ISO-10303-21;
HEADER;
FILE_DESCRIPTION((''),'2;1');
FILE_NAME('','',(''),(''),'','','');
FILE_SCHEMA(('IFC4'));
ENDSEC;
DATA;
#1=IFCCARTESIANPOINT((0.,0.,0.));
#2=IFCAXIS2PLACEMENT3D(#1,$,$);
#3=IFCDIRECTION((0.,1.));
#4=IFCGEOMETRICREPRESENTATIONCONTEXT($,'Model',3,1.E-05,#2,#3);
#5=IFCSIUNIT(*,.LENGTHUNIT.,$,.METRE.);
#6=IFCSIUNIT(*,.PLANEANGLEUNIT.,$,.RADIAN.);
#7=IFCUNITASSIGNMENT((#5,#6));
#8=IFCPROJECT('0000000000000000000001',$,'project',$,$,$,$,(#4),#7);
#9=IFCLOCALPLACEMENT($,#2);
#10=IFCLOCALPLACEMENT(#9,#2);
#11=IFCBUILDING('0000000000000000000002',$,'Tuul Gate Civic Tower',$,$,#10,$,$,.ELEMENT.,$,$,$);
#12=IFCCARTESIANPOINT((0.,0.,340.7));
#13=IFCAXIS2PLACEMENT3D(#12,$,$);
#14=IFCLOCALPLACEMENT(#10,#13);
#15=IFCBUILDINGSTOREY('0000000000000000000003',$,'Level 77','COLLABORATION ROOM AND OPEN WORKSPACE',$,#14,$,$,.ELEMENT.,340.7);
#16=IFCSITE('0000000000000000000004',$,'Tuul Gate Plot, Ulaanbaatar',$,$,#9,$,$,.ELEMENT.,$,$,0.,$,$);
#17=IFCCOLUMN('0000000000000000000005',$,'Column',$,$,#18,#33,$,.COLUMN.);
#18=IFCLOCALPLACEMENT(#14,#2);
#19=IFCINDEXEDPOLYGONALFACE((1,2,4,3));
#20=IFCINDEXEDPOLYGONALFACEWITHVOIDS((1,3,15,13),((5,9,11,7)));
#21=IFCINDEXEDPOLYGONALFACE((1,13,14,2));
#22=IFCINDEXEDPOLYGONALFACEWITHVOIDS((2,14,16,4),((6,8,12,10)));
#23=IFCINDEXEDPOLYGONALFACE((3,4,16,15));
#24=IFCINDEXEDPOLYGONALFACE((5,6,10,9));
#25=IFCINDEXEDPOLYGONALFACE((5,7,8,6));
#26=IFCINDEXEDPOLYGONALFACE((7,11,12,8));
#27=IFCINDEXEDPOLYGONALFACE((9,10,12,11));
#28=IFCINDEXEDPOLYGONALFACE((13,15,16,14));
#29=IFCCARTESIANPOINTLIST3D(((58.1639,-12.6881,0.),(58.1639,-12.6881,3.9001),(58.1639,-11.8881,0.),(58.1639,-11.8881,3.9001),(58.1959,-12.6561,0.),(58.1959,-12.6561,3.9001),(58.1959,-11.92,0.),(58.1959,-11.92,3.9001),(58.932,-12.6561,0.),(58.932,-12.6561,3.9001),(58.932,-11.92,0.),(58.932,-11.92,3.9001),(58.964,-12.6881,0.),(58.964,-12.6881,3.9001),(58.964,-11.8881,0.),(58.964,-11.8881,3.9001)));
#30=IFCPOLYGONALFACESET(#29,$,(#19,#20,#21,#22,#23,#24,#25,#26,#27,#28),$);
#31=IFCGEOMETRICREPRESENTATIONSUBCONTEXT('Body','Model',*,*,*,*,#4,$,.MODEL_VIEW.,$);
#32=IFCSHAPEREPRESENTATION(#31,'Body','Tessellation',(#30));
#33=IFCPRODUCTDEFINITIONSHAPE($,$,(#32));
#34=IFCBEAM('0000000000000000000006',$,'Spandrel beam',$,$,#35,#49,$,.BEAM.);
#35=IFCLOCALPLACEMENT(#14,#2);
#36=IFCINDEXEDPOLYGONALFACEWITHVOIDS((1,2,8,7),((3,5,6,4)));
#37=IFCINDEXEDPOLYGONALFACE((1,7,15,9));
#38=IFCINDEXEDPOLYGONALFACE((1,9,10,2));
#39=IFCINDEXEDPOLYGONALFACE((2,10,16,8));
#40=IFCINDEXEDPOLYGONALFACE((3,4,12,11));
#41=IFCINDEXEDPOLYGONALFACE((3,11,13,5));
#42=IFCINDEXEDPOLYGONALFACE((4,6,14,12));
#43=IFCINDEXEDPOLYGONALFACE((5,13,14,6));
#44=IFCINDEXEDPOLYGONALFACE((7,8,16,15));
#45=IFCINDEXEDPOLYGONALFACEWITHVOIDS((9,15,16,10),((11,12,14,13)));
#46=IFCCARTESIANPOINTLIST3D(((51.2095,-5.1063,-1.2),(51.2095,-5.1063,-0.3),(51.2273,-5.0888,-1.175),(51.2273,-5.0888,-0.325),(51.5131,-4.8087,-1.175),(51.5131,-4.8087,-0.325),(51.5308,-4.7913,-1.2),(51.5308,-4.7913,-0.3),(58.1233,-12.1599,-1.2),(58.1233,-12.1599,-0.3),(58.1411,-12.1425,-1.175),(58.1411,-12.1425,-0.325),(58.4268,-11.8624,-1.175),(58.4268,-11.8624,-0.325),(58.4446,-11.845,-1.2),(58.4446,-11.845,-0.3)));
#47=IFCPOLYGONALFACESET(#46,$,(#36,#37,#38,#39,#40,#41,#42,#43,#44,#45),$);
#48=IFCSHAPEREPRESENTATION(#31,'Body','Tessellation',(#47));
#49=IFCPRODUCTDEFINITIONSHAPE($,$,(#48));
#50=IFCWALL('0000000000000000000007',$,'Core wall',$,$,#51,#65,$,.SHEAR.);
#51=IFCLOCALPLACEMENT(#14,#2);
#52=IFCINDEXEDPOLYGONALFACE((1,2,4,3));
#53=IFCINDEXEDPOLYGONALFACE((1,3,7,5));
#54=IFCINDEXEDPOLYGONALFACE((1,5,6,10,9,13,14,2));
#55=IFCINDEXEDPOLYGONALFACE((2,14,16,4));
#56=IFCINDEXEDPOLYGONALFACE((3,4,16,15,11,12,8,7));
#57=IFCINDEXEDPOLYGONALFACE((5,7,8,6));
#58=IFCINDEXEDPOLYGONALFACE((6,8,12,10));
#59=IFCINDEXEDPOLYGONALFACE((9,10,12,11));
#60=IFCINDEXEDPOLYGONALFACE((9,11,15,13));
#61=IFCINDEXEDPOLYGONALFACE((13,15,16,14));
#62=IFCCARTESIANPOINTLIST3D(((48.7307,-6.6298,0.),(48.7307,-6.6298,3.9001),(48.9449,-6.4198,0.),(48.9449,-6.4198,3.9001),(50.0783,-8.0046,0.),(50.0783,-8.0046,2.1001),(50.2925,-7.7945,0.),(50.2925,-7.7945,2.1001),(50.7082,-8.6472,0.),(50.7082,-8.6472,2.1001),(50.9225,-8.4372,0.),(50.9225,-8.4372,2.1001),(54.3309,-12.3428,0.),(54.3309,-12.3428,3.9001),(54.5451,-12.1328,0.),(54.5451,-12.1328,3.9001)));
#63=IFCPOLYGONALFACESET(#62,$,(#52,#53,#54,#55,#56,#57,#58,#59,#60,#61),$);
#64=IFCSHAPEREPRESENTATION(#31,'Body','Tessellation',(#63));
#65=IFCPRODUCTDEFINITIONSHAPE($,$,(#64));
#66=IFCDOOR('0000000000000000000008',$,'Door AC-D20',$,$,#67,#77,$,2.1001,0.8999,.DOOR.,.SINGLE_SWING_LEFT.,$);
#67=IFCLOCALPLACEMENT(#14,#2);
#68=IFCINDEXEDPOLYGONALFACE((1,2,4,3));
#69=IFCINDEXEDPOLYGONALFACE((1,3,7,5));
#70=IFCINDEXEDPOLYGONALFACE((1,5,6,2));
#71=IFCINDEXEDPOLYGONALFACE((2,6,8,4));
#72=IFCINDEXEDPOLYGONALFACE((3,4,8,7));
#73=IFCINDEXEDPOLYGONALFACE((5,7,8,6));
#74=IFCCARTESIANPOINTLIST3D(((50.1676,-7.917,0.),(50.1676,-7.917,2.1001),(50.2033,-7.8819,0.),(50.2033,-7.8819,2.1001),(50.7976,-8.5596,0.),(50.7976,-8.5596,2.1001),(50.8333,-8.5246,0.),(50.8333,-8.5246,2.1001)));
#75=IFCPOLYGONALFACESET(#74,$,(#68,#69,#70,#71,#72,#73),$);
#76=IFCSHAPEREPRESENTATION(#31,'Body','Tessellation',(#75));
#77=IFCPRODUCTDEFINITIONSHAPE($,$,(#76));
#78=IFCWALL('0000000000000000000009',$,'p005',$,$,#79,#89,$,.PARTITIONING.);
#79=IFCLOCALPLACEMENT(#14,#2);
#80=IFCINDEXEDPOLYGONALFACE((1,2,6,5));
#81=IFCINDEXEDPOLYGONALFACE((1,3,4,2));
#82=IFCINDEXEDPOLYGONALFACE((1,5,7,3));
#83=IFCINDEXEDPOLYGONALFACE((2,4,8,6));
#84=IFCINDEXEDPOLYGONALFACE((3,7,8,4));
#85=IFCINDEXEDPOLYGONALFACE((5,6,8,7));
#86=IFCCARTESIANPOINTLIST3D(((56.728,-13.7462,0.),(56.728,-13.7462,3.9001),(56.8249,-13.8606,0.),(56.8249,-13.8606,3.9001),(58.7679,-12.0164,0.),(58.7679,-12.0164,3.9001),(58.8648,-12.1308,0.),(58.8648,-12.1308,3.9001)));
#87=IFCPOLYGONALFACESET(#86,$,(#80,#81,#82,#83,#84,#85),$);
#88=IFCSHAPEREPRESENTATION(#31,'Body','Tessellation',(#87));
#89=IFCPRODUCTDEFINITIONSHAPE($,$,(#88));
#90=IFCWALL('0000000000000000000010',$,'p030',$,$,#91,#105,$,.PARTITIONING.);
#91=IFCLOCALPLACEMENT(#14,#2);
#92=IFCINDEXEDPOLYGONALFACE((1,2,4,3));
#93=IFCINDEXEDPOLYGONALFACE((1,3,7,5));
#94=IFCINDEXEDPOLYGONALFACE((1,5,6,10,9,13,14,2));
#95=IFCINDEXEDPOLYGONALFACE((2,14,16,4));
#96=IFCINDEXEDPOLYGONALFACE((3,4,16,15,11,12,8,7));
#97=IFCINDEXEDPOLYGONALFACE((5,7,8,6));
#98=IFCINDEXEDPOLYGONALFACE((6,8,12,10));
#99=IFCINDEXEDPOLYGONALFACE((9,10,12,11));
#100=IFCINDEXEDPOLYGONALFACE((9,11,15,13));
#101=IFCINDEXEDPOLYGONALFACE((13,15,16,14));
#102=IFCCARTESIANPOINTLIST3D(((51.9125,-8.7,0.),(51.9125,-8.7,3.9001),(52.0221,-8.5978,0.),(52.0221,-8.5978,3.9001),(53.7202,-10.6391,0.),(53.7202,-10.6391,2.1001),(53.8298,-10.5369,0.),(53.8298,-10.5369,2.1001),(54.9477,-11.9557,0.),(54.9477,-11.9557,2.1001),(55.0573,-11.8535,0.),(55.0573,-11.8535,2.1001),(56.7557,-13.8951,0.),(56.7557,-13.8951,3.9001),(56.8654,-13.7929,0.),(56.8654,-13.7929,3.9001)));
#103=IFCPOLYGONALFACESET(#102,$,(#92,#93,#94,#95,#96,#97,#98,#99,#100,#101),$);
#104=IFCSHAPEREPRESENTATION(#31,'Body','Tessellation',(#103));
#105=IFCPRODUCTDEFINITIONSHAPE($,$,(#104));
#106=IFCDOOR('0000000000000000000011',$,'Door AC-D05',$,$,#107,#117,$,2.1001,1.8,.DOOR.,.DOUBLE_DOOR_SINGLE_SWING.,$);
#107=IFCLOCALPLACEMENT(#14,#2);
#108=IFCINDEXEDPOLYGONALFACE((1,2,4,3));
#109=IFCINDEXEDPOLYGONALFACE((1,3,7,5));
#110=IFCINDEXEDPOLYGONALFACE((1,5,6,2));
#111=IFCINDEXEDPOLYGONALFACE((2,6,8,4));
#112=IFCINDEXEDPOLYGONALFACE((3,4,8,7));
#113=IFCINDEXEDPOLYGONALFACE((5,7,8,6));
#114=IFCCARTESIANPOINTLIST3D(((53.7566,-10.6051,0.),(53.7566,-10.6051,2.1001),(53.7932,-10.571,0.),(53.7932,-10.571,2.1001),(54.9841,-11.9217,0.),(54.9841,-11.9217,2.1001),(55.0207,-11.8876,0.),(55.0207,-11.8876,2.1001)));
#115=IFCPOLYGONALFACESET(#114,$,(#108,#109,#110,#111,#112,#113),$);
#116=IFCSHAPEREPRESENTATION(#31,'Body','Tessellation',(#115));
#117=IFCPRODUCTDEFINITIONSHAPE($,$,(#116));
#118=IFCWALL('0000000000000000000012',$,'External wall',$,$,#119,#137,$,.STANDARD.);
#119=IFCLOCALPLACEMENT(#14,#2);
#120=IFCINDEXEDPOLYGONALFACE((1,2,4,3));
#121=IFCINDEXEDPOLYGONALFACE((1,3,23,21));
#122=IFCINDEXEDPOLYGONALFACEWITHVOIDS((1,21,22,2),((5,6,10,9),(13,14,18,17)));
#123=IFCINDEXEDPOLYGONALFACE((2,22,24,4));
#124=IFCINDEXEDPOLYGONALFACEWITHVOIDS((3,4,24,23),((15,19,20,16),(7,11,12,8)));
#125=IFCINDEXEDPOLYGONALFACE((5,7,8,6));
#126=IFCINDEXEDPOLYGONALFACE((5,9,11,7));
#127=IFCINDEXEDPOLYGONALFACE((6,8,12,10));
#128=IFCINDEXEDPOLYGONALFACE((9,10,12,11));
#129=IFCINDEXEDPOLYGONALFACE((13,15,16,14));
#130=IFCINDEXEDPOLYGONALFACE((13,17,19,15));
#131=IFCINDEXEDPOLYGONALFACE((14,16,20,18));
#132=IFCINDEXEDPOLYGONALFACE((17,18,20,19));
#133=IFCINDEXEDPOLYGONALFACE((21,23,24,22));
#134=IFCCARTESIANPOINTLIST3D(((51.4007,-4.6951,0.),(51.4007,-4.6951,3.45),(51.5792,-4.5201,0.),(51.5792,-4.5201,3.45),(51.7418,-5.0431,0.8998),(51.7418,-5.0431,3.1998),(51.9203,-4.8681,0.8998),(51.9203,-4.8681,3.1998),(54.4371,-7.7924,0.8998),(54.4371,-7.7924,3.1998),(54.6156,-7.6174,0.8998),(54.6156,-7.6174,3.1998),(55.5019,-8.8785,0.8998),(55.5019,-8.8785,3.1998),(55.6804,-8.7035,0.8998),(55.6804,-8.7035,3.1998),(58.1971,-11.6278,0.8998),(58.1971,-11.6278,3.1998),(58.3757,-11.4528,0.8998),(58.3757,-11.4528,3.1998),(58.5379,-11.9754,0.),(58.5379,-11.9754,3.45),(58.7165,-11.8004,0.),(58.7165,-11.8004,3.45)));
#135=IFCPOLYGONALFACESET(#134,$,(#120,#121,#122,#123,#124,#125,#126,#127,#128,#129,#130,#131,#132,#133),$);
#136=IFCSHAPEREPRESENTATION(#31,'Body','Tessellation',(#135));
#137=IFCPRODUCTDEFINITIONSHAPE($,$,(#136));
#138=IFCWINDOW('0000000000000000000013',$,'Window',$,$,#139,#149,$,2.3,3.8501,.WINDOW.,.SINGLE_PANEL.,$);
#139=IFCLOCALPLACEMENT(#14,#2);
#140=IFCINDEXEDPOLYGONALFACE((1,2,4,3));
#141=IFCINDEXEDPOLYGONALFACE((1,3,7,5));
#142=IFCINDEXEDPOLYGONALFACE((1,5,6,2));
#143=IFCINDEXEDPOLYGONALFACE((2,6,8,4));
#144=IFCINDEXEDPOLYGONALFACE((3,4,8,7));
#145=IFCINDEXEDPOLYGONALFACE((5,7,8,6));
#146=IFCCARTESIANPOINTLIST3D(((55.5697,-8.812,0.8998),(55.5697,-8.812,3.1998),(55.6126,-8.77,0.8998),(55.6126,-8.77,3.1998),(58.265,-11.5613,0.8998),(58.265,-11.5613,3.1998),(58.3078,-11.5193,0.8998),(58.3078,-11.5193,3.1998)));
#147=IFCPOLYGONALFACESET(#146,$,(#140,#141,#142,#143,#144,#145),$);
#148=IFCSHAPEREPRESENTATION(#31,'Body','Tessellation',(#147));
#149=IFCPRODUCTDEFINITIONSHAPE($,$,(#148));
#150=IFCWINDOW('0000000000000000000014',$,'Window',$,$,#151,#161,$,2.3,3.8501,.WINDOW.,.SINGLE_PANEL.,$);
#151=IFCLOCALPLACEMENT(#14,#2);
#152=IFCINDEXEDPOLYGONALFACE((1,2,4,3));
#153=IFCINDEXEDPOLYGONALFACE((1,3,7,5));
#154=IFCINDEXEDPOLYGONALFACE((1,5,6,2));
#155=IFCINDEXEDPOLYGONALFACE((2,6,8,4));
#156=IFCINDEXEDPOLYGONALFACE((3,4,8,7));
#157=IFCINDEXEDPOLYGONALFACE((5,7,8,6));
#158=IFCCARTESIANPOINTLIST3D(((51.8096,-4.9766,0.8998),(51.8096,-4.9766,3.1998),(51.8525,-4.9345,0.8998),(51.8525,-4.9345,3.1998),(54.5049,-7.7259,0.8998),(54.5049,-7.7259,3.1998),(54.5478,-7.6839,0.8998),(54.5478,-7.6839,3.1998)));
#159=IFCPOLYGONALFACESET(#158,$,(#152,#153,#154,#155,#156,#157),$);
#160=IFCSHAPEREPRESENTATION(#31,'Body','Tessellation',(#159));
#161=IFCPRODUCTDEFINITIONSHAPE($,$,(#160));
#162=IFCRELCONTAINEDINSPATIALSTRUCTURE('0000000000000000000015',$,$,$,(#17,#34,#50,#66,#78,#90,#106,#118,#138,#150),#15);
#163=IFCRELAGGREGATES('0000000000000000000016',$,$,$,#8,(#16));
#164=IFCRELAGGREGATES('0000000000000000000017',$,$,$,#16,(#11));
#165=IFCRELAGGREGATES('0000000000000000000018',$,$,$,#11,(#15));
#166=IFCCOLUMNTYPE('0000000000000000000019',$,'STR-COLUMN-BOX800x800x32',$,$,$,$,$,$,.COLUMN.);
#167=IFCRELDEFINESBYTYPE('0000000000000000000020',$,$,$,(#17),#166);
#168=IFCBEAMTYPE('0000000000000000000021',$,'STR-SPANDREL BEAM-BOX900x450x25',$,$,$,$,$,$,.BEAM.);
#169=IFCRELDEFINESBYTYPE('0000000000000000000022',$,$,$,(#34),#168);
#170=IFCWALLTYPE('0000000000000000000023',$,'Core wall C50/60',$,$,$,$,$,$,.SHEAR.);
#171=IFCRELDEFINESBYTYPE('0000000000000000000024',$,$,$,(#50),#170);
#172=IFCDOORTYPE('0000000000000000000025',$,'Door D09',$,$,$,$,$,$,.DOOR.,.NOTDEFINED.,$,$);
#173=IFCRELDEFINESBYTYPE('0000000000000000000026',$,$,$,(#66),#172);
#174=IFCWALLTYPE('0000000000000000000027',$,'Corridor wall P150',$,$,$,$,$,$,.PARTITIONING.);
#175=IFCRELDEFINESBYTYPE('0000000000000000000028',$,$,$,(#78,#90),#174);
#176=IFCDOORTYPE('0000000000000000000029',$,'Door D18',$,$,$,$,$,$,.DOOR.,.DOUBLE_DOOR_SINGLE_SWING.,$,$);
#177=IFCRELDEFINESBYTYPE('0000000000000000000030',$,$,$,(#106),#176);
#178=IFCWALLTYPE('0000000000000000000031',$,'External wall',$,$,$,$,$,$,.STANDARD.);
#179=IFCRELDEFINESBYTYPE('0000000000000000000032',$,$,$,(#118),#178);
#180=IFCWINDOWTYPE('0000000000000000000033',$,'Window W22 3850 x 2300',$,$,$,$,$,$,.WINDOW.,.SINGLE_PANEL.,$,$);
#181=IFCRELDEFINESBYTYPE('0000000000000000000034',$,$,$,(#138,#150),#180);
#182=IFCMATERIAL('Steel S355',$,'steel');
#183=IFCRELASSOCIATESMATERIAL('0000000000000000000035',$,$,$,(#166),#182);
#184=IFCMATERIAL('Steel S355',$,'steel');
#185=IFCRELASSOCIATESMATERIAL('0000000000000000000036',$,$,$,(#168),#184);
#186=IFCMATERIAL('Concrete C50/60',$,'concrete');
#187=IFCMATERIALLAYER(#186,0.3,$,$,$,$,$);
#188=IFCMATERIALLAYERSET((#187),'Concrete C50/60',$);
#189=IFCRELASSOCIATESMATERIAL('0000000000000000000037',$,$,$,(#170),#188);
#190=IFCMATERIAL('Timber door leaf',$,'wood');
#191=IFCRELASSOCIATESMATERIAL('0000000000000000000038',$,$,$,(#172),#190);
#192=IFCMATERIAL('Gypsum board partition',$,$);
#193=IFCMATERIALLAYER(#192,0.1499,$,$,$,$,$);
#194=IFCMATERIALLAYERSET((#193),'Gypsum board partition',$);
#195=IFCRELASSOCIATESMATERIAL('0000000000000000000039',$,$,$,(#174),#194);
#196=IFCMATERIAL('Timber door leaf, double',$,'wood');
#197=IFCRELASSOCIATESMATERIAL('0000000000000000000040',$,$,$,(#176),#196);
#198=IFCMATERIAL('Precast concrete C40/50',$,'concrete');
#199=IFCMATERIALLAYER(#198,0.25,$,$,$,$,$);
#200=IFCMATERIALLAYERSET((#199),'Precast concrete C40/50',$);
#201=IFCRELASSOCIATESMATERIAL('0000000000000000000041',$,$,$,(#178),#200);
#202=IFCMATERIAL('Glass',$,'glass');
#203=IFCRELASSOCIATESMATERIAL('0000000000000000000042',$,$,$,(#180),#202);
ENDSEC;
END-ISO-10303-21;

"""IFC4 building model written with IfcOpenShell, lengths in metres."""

from ifc_helpers import new_model, si_unit, direction, frame, frame_2d, origin, origin_2d, place, context, subcontext, project, spatial, rectangle, hollow_rectangle, extrude, material, layer, layer_set, material_profile, profile_set, type_object, element, fill, save


model = new_model("IFC4")

# Units and contexts
model_context = context("Model", 3, precision=1e-05, world=origin(), true_north=direction((0.0, 1.0)))
body_context = subcontext(model_context, "Body", "Model", "MODEL_VIEW")
ifc_project = project(units=[si_unit("LENGTHUNIT", "METRE"), si_unit("PLANEANGLEUNIT", "RADIAN")], contexts=[model_context])

# Site, building, storey
site_placement = place(None, origin())
site = spatial("IfcSite", under=ifc_project, at=site_placement, Name="Tuul Gate Plot, Ulaanbaatar", CompositionType="ELEMENT", RefElevation=0.0)
building_placement = place(site_placement, origin())
building = spatial("IfcBuilding", under=site, at=building_placement, Name="Tuul Gate Civic Tower", CompositionType="ELEMENT")
storey_placement = place(building_placement, frame((0.0, 0.0, 340.7)))
storey = spatial("IfcBuildingStorey", under=building, at=storey_placement, Name="Level 77", Description="COLLABORATION ROOM AND OPEN WORKSPACE", CompositionType="ELEMENT", Elevation=340.7)

# Column
ifc_material_1 = material(Name="Steel S355", Category="steel")
ifc_material_profile_1 = material_profile(ifc_material_1, hollow_rectangle(XDim=0.8, YDim=0.8, WallThickness=0.032, at=origin_2d()), Name="BOX800x800x32")
ifc_profile_set_1 = profile_set([ifc_material_profile_1], Name="Steel S355")
column_type = type_object("IfcColumnType", Name="STR-COLUMN-BOX800x800x32", PredefinedType="COLUMN", material=ifc_profile_set_1)
column_placement = place(storey_placement, frame((58.564, -12.2881, 0.0), z_axis=(0.0, 0.0, 1.0), x_axis=(1.0, 0.0, 0.0)))
element("IfcColumn", 1, at=column_placement, inside=storey, type_object=column_type, Name="Column", PredefinedType="COLUMN", context=body_context, shape_type="SweptSolid", body=[
    extrude(hollow_rectangle(XDim=0.8, YDim=0.8, WallThickness=0.032, at=origin_2d()), origin(), (0.0, 0.0, 1.0), 3.9001),
])

# Beam
ifc_material_2 = material(Name="Steel S355", Category="steel")
ifc_material_profile_2 = material_profile(ifc_material_2, hollow_rectangle(XDim=0.45, YDim=0.8999, WallThickness=0.0249, at=origin_2d()), Name="BOX900x450x25")
ifc_profile_set_2 = profile_set([ifc_material_profile_2], Name="Steel S355")
beam_type = type_object("IfcBeamType", Name="STR-SPANDREL BEAM-BOX900x450x25", PredefinedType="BEAM", material=ifc_profile_set_2)
beam_placement = place(storey_placement, frame((58.2839, -12.0024, -0.75), z_axis=(-0.69999, 0.714153, 0.0), x_axis=(-0.714153, -0.69999, 0.0)))
element("IfcBeam", 2, at=beam_placement, inside=storey, type_object=beam_type, Name="Spandrel beam", PredefinedType="BEAM", context=body_context, shape_type="SweptSolid", body=[
    extrude(hollow_rectangle(XDim=0.45, YDim=0.8999, WallThickness=0.0249, at=origin_2d()), origin(), (0.0, 0.0, 1.0), 9.877),
])

# Wall, opening, door
ifc_material_3 = material(Name="Concrete C50/60", Category="concrete")
ifc_layer_1 = layer(ifc_material_3, 0.3)
ifc_layer_set_1 = layer_set([ifc_layer_1], Name="Concrete C50/60")
wall_type_1 = type_object("IfcWallType", Name="Core wall C50/60", PredefinedType="SHEAR", material=ifc_layer_set_1)
wall_1_placement = place(storey_placement, frame((54.438, -12.2378, 0.0), z_axis=(0.0, 0.0, 1.0), x_axis=(-0.700022, 0.714121, 0.0)))
wall_1 = element("IfcWall", 3, at=wall_1_placement, inside=storey, type_object=wall_type_1, Name="Core wall", PredefinedType="SHEAR", context=body_context, shape_type="SweptSolid", body=[
    extrude(rectangle(XDim=8.0, YDim=0.3, at=frame_2d((4.0, 0.0))), origin(), (0.0, 0.0, 1.0), 3.9001),
])
opening_1_placement = place(wall_1_placement, frame((5.175, 0.0, 0.0)))
opening_1 = element("IfcOpeningElement", 4, at=opening_1_placement, cuts=wall_1, PredefinedType="OPENING", context=body_context, shape_type="SweptSolid", body=[
    extrude(rectangle(XDim=0.8999, YDim=2.1001, at=frame_2d((0.45, 1.05))), frame((0.0, 0.1602, 0.0), z_axis=(0.0, -1.0, 0.0), x_axis=(1.0, 0.0, 0.0)), (0.0, 0.0, 1.0), 0.3201),
])
ifc_material_4 = material(Name="Timber door leaf", Category="wood")
door_type_1 = type_object("IfcDoorType", Name="Door D09", OperationType="NOTDEFINED", PredefinedType="DOOR", material=ifc_material_4)
door_1_placement = place(opening_1_placement, origin())
door_1 = element("IfcDoor", 5, at=door_1_placement, inside=storey, type_object=door_type_1, Name="Door AC-D20", OperationType="SINGLE_SWING_LEFT", OverallHeight=2.1001, OverallWidth=0.8999, PredefinedType="DOOR", context=body_context, shape_type="SweptSolid", body=[
    extrude(rectangle(XDim=0.8999, YDim=2.1001, at=frame_2d((0.45, 1.05))), frame((0.0, 0.0249, 0.0), z_axis=(0.0, -1.0, 0.0), x_axis=(1.0, 0.0, 0.0)), (0.0, 0.0, 1.0), 0.05),
])
fill(opening_1, door_1)

# Wall
ifc_material_5 = material(Name="Gypsum board partition")
ifc_layer_2 = layer(ifc_material_5, 0.1499)
ifc_layer_set_2 = layer_set([ifc_layer_2], Name="Gypsum board partition")
wall_type_2 = type_object("IfcWallType", Name="Corridor wall P150", PredefinedType="PARTITIONING", material=ifc_layer_set_2)
wall_2_placement = place(storey_placement, frame((56.7764, -13.8035, 0.0), z_axis=(0.0, 0.0, 1.0), x_axis=(0.762693, 0.64676, 0.0)))
element("IfcWall", 6, at=wall_2_placement, inside=storey, type_object=wall_type_2, Name="p005", PredefinedType="PARTITIONING", context=body_context, shape_type="SweptSolid", body=[
    extrude(rectangle(XDim=2.6746, YDim=0.1499, at=frame_2d((1.3374, 0.0))), origin(), (0.0, 0.0, 1.0), 3.9001),
])

# Wall, opening, door
wall_3_placement = place(storey_placement, frame((51.9673, -8.6489, 0.0), z_axis=(0.0, 0.0, 1.0), x_axis=(0.681907, -0.731439, 0.0)))
wall_3 = element("IfcWall", 7, at=wall_3_placement, inside=storey, type_object=wall_type_2, Name="p030", PredefinedType="PARTITIONING", context=body_context, shape_type="SweptSolid", body=[
    extrude(rectangle(XDim=7.1025, YDim=0.1499, at=frame_2d((3.5513, 0.0))), origin(), (0.0, 0.0, 1.0), 3.9001),
])
opening_2_placement = place(wall_3_placement, frame((2.6511, 0.0, 0.0)))
opening_2 = element("IfcOpeningElement", 8, at=opening_2_placement, cuts=wall_3, PredefinedType="OPENING", context=body_context, shape_type="SweptSolid", body=[
    extrude(rectangle(XDim=1.8, YDim=2.1001, at=frame_2d((0.8999, 1.05))), frame((0.0, 0.085, 0.0), z_axis=(0.0, -1.0, 0.0), x_axis=(1.0, 0.0, 0.0)), (0.0, 0.0, 1.0), 0.1699),
])
ifc_material_6 = material(Name="Timber door leaf, double", Category="wood")
door_type_2 = type_object("IfcDoorType", Name="Door D18", OperationType="DOUBLE_DOOR_SINGLE_SWING", PredefinedType="DOOR", material=ifc_material_6)
door_2_placement = place(opening_2_placement, origin())
door_2 = element("IfcDoor", 9, at=door_2_placement, inside=storey, type_object=door_type_2, Name="Door AC-D05", OperationType="DOUBLE_DOOR_SINGLE_SWING", OverallHeight=2.1001, OverallWidth=1.8, PredefinedType="DOOR", context=body_context, shape_type="SweptSolid", body=[
    extrude(rectangle(XDim=1.8, YDim=2.1001, at=frame_2d((0.8999, 1.05))), frame((0.0, 0.0249, 0.0), z_axis=(0.0, -1.0, 0.0), x_axis=(1.0, 0.0, 0.0)), (0.0, 0.0, 1.0), 0.05),
])
fill(opening_2, door_2)

# Wall, openings, windows
ifc_material_7 = material(Name="Precast concrete C40/50", Category="concrete")
ifc_layer_3 = layer(ifc_material_7, 0.25)
ifc_layer_set_3 = layer_set([ifc_layer_3], Name="Precast concrete C40/50")
wall_type_3 = type_object("IfcWallType", Name="External wall", PredefinedType="STANDARD", material=ifc_layer_set_3)
wall_4_placement = place(storey_placement, frame((58.6272, -11.8879, 0.0), z_axis=(0.0, 0.0, 1.0), x_axis=(-0.700056, 0.714088, 0.0)))
wall_4 = element("IfcWall", 10, at=wall_4_placement, inside=storey, type_object=wall_type_3, Name="External wall", PredefinedType="STANDARD", context=body_context, shape_type="SweptSolid", body=[
    extrude(rectangle(XDim=10.1953, YDim=0.25, at=frame_2d((5.0977, 0.0))), origin(), (0.0, 0.0, 1.0), 3.45),
])
opening_3_placement = place(wall_4_placement, frame((0.4868, 0.0, 0.8999)))
opening_3 = element("IfcOpeningElement", 11, at=opening_3_placement, cuts=wall_4, PredefinedType="OPENING", context=body_context, shape_type="SweptSolid", body=[
    extrude(rectangle(XDim=3.8501, YDim=2.3, at=frame_2d((1.925, 1.1499))), frame((0.0, 0.135, 0.0), z_axis=(0.0, -1.0, 0.0), x_axis=(1.0, 0.0, 0.0)), (0.0, 0.0, 1.0), 0.27),
])
opening_4_placement = place(wall_4_placement, frame((5.8579, 0.0, 0.8999)))
opening_4 = element("IfcOpeningElement", 12, at=opening_4_placement, cuts=wall_4, PredefinedType="OPENING", context=body_context, shape_type="SweptSolid", body=[
    extrude(rectangle(XDim=3.8501, YDim=2.3, at=frame_2d((1.925, 1.1499))), frame((0.0, 0.135, 0.0), z_axis=(0.0, -1.0, 0.0), x_axis=(1.0, 0.0, 0.0)), (0.0, 0.0, 1.0), 0.27),
])
ifc_material_8 = material(Name="Glass", Category="glass")
window_type_1 = type_object("IfcWindowType", Name="Window W22 3850 x 2300", PartitioningType="SINGLE_PANEL", PredefinedType="WINDOW", material=ifc_material_8)
window_1_placement = place(opening_3_placement, origin())
window_1 = element("IfcWindow", 13, at=window_1_placement, inside=storey, type_object=window_type_1, Name="Window", OverallHeight=2.3, OverallWidth=3.8501, PartitioningType="SINGLE_PANEL", PredefinedType="WINDOW", context=body_context, shape_type="SweptSolid", body=[
    extrude(rectangle(XDim=3.8501, YDim=2.3, at=frame_2d((1.925, 1.1499))), frame((0.0, 0.03, 0.0), z_axis=(0.0, -1.0, 0.0), x_axis=(1.0, 0.0, 0.0)), (0.0, 0.0, 1.0), 0.0601),
])
fill(opening_3, window_1)
window_2_placement = place(opening_4_placement, origin())
window_2 = element("IfcWindow", 14, at=window_2_placement, inside=storey, type_object=window_type_1, Name="Window", OverallHeight=2.3, OverallWidth=3.8501, PartitioningType="SINGLE_PANEL", PredefinedType="WINDOW", context=body_context, shape_type="SweptSolid", body=[
    extrude(rectangle(XDim=3.8501, YDim=2.3, at=frame_2d((1.925, 1.1499))), frame((0.0, 0.03, 0.0), z_axis=(0.0, -1.0, 0.0), x_axis=(1.0, 0.0, 0.0)), (0.0, 0.0, 1.0), 0.0601),
])
fill(opening_4, window_2)

save(model, "model.ifc")
